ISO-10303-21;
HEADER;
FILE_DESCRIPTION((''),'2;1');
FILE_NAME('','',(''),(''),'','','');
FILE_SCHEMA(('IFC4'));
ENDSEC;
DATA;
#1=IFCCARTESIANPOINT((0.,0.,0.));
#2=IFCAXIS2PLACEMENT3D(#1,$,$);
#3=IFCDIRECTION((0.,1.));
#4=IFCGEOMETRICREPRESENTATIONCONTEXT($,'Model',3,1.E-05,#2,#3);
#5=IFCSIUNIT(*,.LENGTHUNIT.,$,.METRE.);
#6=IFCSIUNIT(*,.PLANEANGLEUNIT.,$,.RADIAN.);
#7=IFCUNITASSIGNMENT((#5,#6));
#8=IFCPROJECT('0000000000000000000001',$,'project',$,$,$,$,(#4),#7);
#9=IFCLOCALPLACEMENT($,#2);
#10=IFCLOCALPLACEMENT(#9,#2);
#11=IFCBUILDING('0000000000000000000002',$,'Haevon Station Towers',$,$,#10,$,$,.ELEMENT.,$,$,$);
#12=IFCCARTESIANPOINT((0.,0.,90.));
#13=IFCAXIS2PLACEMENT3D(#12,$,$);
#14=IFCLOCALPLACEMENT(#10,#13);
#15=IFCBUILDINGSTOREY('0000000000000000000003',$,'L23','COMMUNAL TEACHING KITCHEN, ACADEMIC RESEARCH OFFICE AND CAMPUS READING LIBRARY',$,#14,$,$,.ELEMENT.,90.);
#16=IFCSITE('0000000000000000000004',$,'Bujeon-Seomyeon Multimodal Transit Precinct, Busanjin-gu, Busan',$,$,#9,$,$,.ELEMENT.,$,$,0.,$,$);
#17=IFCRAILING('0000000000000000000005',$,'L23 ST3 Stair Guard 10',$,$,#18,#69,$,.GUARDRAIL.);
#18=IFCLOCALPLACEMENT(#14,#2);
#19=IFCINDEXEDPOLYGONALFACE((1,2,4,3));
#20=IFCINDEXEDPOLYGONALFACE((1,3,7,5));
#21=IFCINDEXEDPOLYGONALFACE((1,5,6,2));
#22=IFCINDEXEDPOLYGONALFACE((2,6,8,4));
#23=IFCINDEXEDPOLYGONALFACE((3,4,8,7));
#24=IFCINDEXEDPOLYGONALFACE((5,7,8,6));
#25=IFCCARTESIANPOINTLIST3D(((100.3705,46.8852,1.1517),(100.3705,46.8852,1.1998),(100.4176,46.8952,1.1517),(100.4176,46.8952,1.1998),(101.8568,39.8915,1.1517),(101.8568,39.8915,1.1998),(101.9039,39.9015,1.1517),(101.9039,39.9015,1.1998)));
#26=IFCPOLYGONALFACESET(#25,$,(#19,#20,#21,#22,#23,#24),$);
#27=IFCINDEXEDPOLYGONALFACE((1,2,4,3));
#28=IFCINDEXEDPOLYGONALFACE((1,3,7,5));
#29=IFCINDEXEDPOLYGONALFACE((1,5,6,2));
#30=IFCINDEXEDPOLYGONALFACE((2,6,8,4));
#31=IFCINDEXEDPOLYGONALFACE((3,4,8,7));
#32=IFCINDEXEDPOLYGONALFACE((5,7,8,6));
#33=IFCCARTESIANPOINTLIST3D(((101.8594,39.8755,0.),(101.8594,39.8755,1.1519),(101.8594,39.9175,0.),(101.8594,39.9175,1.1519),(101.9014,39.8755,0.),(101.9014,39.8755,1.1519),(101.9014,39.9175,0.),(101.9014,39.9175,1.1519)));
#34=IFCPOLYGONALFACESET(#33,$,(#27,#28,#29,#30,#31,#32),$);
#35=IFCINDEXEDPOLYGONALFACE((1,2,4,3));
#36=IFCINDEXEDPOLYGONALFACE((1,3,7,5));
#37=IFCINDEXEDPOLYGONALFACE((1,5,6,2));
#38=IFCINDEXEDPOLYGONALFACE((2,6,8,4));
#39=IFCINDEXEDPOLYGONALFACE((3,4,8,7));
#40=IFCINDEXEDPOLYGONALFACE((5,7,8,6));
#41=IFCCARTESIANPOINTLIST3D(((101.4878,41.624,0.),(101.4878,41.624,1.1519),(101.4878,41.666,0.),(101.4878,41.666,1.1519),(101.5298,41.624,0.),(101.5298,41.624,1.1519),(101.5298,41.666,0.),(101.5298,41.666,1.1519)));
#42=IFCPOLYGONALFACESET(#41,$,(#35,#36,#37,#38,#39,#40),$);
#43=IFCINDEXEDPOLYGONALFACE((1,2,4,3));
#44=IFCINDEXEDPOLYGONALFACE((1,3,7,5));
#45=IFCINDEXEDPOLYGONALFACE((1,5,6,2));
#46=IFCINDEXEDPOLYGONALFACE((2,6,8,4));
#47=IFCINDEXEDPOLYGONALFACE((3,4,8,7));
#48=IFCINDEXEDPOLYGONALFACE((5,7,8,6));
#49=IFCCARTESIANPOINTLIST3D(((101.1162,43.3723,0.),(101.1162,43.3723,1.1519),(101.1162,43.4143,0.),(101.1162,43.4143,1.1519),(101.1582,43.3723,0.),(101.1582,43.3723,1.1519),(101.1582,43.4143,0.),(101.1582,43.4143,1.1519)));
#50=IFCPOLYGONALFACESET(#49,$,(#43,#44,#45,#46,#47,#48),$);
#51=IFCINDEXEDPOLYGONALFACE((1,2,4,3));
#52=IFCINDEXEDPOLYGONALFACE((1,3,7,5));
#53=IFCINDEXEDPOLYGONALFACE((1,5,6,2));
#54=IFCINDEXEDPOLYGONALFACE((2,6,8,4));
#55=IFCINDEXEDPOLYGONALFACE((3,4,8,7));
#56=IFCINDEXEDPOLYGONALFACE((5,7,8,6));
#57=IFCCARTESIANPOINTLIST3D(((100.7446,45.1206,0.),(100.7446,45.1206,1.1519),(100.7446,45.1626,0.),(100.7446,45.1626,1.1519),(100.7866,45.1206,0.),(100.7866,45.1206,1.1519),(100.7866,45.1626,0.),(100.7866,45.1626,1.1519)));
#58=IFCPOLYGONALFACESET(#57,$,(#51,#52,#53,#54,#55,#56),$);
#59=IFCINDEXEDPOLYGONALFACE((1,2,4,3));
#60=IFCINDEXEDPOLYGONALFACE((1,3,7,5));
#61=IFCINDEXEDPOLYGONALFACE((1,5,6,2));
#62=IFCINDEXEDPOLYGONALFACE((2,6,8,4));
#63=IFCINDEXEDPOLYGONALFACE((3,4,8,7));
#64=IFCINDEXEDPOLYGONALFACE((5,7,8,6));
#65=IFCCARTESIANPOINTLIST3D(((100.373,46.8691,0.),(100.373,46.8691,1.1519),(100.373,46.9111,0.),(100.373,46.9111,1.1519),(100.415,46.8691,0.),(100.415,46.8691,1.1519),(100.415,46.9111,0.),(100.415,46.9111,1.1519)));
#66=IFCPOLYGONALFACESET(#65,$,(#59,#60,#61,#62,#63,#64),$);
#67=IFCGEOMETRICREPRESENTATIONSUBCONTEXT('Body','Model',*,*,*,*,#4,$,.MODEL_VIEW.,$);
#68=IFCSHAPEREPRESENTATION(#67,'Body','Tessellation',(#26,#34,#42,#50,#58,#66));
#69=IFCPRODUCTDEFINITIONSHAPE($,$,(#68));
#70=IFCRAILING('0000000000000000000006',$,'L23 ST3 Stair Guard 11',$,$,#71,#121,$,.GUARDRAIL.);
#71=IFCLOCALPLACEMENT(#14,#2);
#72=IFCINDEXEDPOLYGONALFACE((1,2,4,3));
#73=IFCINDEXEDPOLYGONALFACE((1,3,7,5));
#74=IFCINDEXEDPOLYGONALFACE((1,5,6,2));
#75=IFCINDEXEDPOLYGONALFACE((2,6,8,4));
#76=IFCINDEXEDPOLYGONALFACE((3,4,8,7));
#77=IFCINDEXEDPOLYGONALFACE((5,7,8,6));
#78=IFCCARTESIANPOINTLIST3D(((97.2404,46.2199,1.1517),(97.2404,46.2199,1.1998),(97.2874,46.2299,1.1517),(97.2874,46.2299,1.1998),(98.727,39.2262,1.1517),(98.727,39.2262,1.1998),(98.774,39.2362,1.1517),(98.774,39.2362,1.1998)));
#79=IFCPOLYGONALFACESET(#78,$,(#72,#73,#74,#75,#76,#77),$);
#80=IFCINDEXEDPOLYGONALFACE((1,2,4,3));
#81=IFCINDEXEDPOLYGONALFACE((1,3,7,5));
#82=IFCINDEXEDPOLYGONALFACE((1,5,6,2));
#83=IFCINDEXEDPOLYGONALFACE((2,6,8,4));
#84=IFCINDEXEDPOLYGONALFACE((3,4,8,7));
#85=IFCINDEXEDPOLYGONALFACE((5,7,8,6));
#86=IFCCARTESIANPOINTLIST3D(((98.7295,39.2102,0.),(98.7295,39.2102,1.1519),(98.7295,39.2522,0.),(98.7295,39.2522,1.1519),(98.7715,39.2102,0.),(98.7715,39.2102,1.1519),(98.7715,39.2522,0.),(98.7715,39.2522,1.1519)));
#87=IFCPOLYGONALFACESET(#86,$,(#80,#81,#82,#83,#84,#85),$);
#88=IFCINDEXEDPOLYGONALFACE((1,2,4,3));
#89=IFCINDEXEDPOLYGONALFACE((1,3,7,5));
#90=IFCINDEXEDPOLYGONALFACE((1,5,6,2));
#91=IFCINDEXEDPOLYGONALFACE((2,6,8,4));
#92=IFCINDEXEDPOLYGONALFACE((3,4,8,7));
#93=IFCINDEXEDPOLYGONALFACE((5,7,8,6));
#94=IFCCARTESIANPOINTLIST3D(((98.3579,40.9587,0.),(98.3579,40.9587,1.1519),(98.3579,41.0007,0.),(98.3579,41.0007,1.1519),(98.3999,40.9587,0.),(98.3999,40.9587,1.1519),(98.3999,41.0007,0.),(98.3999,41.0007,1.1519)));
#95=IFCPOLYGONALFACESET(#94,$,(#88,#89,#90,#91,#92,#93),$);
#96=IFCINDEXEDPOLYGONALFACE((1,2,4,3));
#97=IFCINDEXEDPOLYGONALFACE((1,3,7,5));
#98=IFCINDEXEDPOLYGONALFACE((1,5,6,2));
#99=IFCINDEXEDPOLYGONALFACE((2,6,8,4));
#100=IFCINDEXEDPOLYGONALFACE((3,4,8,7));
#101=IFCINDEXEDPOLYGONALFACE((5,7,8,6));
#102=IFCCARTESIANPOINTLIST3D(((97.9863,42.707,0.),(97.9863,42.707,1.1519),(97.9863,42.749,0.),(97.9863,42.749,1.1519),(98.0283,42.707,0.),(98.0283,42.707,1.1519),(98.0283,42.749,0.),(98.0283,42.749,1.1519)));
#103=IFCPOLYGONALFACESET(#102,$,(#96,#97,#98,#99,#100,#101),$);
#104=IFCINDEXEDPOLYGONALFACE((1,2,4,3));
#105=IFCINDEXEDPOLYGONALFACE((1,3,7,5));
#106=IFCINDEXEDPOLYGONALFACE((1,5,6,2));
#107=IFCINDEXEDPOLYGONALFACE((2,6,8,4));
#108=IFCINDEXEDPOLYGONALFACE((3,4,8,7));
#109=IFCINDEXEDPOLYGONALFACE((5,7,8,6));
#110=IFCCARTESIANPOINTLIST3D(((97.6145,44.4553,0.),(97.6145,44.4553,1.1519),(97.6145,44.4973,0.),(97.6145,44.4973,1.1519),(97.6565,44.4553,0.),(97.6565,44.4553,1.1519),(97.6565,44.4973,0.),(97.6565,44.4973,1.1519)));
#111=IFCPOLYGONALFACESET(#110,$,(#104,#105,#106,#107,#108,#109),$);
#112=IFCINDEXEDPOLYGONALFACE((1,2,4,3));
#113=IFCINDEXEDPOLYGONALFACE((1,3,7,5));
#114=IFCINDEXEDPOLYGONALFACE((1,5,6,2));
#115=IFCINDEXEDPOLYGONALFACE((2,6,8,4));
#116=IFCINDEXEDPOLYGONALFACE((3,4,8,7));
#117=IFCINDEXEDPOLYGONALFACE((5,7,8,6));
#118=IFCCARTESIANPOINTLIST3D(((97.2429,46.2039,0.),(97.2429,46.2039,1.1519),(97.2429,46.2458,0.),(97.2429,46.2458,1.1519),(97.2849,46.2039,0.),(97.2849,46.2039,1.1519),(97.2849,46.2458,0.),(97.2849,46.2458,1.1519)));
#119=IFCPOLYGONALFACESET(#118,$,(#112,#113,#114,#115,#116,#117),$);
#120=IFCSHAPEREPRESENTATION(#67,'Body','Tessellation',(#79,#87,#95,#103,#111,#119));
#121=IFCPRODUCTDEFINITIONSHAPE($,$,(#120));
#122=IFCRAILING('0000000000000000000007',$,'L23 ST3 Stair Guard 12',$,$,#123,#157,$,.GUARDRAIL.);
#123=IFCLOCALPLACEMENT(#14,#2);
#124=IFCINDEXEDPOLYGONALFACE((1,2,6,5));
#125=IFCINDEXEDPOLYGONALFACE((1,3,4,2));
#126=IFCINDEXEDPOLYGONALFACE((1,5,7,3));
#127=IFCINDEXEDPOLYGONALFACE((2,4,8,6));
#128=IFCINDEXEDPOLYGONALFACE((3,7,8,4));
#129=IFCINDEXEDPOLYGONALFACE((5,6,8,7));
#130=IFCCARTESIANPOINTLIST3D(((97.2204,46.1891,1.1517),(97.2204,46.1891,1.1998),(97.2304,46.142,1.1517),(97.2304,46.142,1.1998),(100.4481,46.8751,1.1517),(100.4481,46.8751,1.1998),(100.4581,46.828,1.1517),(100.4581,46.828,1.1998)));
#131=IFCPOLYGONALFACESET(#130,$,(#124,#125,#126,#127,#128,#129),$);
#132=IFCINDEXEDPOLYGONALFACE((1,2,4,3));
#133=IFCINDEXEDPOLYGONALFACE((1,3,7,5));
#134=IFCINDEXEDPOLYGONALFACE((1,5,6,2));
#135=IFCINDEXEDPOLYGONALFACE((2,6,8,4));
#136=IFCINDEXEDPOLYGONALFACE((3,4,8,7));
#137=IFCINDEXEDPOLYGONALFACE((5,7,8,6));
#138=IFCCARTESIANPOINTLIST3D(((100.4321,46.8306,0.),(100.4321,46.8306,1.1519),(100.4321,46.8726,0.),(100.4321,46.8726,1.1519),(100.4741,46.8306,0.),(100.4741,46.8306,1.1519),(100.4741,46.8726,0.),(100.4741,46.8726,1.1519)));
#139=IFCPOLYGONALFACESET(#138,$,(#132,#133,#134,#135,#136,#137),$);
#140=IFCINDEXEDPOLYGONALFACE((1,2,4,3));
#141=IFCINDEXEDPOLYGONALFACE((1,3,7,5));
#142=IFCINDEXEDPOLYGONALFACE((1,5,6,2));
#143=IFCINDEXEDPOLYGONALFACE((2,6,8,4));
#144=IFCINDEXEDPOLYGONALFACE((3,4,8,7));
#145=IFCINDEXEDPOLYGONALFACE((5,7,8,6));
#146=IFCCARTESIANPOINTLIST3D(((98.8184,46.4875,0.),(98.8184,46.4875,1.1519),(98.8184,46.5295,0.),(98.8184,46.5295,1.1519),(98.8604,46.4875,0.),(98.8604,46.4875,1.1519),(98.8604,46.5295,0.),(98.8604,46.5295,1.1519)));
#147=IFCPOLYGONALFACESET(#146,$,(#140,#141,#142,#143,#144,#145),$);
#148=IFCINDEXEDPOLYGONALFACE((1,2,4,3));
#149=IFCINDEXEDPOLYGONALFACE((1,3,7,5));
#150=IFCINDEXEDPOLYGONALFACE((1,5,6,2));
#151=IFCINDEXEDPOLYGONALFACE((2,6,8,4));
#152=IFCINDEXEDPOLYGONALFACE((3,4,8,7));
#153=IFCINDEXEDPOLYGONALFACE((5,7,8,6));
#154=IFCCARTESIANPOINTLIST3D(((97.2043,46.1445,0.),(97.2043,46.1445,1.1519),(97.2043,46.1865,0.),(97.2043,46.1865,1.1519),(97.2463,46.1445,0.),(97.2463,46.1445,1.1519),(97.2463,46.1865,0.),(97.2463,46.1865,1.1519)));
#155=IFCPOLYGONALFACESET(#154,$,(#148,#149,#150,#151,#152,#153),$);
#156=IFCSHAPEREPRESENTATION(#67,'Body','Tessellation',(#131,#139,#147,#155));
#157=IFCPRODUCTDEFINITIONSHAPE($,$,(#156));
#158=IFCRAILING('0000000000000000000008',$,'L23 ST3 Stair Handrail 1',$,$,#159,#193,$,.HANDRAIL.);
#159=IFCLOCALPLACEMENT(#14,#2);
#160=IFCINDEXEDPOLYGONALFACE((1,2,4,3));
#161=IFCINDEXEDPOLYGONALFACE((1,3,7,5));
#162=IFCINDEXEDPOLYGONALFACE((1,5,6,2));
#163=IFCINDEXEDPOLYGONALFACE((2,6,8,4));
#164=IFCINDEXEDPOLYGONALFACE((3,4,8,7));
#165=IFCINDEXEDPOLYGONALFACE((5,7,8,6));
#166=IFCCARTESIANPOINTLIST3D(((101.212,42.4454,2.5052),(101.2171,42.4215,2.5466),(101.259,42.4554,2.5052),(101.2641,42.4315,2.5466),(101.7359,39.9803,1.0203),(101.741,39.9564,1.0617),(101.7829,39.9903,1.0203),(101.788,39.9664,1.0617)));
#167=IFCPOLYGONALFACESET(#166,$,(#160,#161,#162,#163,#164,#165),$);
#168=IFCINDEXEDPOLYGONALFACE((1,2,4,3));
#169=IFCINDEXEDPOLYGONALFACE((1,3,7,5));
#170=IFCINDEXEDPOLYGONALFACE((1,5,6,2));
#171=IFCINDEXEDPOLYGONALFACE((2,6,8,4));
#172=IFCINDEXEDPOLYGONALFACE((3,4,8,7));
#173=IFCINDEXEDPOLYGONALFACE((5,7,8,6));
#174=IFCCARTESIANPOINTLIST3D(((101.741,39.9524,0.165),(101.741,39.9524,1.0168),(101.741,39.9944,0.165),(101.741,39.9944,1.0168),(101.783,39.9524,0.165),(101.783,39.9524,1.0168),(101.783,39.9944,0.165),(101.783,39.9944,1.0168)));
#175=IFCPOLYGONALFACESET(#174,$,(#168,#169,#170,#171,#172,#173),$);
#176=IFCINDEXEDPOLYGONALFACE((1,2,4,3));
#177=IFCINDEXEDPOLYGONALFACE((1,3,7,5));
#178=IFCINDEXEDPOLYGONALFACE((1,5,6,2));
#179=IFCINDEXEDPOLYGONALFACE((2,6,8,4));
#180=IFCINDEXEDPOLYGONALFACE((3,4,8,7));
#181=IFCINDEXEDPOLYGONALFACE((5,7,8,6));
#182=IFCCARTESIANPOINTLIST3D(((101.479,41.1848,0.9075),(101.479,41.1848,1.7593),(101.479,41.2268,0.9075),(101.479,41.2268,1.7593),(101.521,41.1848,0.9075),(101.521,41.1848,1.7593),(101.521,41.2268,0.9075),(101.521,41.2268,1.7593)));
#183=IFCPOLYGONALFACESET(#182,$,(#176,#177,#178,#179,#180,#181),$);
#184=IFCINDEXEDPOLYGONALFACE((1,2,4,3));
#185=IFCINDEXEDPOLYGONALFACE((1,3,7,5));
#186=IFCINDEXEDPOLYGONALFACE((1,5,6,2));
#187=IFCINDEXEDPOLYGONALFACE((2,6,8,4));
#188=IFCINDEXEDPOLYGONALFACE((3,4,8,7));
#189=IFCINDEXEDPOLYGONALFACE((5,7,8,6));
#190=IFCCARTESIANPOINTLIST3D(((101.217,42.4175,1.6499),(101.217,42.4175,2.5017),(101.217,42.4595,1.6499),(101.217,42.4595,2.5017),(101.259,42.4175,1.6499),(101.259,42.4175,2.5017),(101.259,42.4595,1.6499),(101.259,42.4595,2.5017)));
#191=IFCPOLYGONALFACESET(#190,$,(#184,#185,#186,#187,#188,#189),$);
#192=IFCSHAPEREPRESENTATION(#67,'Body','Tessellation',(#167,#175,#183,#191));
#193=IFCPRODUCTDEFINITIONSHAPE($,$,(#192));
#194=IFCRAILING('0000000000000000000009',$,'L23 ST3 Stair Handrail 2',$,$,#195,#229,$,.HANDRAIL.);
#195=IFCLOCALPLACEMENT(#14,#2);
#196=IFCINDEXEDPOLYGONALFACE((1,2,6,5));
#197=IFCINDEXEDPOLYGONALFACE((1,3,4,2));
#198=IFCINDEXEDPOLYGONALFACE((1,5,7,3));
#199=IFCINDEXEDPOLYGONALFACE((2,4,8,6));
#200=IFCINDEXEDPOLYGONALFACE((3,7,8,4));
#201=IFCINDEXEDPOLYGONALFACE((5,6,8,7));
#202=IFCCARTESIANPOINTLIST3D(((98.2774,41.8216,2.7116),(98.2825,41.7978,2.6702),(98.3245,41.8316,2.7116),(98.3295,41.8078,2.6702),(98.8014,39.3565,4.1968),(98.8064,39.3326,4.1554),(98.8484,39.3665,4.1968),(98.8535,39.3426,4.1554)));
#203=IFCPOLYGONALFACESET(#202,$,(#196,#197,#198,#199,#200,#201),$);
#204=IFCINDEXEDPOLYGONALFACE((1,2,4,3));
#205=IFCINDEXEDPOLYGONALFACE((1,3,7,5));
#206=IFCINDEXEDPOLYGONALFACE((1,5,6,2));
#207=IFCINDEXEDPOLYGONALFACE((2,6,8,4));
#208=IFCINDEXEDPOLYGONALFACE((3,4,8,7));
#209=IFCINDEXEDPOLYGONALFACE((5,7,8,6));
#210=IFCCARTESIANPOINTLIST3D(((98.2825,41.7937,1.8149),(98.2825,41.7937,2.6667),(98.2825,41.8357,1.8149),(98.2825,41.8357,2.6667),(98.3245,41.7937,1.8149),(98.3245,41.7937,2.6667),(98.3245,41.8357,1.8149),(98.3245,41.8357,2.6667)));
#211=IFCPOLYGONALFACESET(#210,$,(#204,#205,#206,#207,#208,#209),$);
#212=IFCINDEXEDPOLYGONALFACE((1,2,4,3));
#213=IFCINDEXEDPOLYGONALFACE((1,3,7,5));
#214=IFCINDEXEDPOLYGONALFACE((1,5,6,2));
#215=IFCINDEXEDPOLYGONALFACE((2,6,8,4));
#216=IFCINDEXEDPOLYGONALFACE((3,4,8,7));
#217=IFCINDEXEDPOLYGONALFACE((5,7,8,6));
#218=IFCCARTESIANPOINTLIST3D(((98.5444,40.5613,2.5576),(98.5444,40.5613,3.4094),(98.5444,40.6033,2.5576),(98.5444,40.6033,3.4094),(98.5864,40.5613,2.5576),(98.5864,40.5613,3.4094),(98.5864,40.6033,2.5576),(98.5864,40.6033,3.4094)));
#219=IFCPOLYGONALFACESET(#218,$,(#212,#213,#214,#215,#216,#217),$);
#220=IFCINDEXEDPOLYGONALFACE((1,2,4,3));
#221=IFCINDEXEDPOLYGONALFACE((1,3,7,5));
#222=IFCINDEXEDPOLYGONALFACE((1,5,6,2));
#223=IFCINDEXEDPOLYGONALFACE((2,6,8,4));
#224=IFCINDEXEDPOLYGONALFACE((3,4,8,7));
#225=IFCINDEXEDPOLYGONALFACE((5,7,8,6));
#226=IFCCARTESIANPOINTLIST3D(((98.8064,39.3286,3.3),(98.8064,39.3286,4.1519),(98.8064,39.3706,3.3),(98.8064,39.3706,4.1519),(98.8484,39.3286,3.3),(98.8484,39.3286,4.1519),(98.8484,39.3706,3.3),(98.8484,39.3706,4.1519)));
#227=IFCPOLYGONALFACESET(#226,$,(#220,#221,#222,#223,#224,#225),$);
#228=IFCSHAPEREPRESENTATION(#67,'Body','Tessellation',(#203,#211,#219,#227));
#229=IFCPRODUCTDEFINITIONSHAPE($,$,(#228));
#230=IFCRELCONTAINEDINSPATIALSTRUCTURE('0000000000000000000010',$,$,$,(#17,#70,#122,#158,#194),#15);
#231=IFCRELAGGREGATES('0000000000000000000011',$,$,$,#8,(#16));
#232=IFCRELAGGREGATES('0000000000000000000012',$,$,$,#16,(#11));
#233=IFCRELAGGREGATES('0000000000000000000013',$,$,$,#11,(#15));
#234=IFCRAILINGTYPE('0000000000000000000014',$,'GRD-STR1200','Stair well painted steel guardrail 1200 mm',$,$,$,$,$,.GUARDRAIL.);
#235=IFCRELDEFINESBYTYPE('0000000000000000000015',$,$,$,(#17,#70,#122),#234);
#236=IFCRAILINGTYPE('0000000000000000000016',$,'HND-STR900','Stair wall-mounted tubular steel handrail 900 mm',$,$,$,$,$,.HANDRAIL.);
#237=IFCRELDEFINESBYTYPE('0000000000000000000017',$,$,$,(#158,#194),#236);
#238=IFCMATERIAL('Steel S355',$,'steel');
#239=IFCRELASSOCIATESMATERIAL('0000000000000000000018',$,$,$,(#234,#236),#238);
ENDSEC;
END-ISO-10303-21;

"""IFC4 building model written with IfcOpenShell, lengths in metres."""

from ifc_helpers import new_model, si_unit, direction, frame, origin, origin_2d, place, context, subcontext, project, spatial, rectangle, extrude, material, type_object, element, save


model = new_model("IFC4")

# Units and contexts
model_context = context("Model", 3, precision=1e-05, world=origin(), true_north=direction((0.0, 1.0)))
body_context = subcontext(model_context, "Body", "Model", "MODEL_VIEW")
ifc_project = project(units=[si_unit("LENGTHUNIT", "METRE"), si_unit("PLANEANGLEUNIT", "RADIAN")], contexts=[model_context])

# Site, building, storey
site_placement = place(None, origin())
site = spatial("IfcSite", under=ifc_project, at=site_placement, Name="Bujeon-Seomyeon Multimodal Transit Precinct, Busanjin-gu, Busan", CompositionType="ELEMENT", RefElevation=0.0)
building_placement = place(site_placement, origin())
building = spatial("IfcBuilding", under=site, at=building_placement, Name="Haevon Station Towers", CompositionType="ELEMENT")
storey_placement = place(building_placement, frame((0.0, 0.0, 90.0)))
storey = spatial("IfcBuildingStorey", under=building, at=storey_placement, Name="L23", Description="COMMUNAL TEACHING KITCHEN, ACADEMIC RESEARCH OFFICE AND CAMPUS READING LIBRARY", CompositionType="ELEMENT", Elevation=90.0)

# Railings
ifc_material_1 = material(Name="Steel S355", Category="steel")
railing_type_1 = type_object("IfcRailingType", Name="GRD-STR1200", Description="Stair well painted steel guardrail 1200 mm", PredefinedType="GUARDRAIL", material=ifc_material_1)
railing_1_placement = place(storey_placement, frame((101.8804, 39.8965, 0.0)))
element("IfcRailing", 1, at=railing_1_placement, inside=storey, type_object=railing_type_1, Name="L23 ST3 Stair Guard 10", PredefinedType="GUARDRAIL", context=body_context, shape_type="SweptSolid", body=[
    extrude(rectangle(XDim=0.0481, YDim=0.0481, at=origin_2d()), frame((0.0, 0.0, 1.1758), z_axis=(-0.207882, 0.978154, 0.0), x_axis=(-0.978154, -0.207882, 0.0)), (0.0, 0.0, 1.0), 7.1499),
    extrude(rectangle(XDim=0.042, YDim=0.042, at=origin_2d()), origin(), (0.0, 0.0, 1.0), 1.1519),
    extrude(rectangle(XDim=0.042, YDim=0.042, at=origin_2d()), frame((-0.3716, 1.7485, 0.0)), (0.0, 0.0, 1.0), 1.1519),
    extrude(rectangle(XDim=0.042, YDim=0.042, at=origin_2d()), frame((-0.7432, 3.4968, 0.0)), (0.0, 0.0, 1.0), 1.1519),
    extrude(rectangle(XDim=0.042, YDim=0.042, at=origin_2d()), frame((-1.1147, 5.2451, 0.0)), (0.0, 0.0, 1.0), 1.1519),
    extrude(rectangle(XDim=0.042, YDim=0.042, at=origin_2d()), frame((-1.4863, 6.9937, 0.0)), (0.0, 0.0, 1.0), 1.1519),
])
railing_2_placement = place(storey_placement, frame((98.7505, 39.2312, 0.0)))
element("IfcRailing", 2, at=railing_2_placement, inside=storey, type_object=railing_type_1, Name="L23 ST3 Stair Guard 11", PredefinedType="GUARDRAIL", context=body_context, shape_type="SweptSolid", body=[
    extrude(rectangle(XDim=0.0481, YDim=0.0481, at=origin_2d()), frame((0.0, 0.0, 1.1758), z_axis=(-0.207915, 0.978147, 0.0), x_axis=(-0.978147, -0.207915, 0.0)), (0.0, 0.0, 1.0), 7.1499),
    extrude(rectangle(XDim=0.042, YDim=0.042, at=origin_2d()), origin(), (0.0, 0.0, 1.0), 1.1519),
    extrude(rectangle(XDim=0.042, YDim=0.042, at=origin_2d()), frame((-0.3716, 1.7485, 0.0)), (0.0, 0.0, 1.0), 1.1519),
    extrude(rectangle(XDim=0.042, YDim=0.042, at=origin_2d()), frame((-0.7432, 3.4968, 0.0)), (0.0, 0.0, 1.0), 1.1519),
    extrude(rectangle(XDim=0.042, YDim=0.042, at=origin_2d()), frame((-1.115, 5.2451, 0.0)), (0.0, 0.0, 1.0), 1.1519),
    extrude(rectangle(XDim=0.042, YDim=0.042, at=origin_2d()), frame((-1.4866, 6.9937, 0.0)), (0.0, 0.0, 1.0), 1.1519),
])
railing_3_placement = place(storey_placement, frame((100.4531, 46.8516, 0.0)))
element("IfcRailing", 3, at=railing_3_placement, inside=storey, type_object=railing_type_1, Name="L23 ST3 Stair Guard 12", PredefinedType="GUARDRAIL", context=body_context, shape_type="SweptSolid", body=[
    extrude(rectangle(XDim=0.0481, YDim=0.0481, at=origin_2d()), frame((0.0, 0.0, 1.1758), z_axis=(-0.978151, -0.207897, 0.0), x_axis=(0.207897, -0.978151, 0.0)), (0.0, 0.0, 1.0), 3.2998),
    extrude(rectangle(XDim=0.042, YDim=0.042, at=origin_2d()), origin(), (0.0, 0.0, 1.0), 1.1519),
    extrude(rectangle(XDim=0.042, YDim=0.042, at=origin_2d()), frame((-1.6138, -0.343, 0.0)), (0.0, 0.0, 1.0), 1.1519),
    extrude(rectangle(XDim=0.042, YDim=0.042, at=origin_2d()), frame((-3.2278, -0.686, 0.0)), (0.0, 0.0, 1.0), 1.1519),
])
railing_type_2 = type_object("IfcRailingType", Name="HND-STR900", Description="Stair wall-mounted tubular steel handrail 900 mm", PredefinedType="HANDRAIL", material=ifc_material_1)
railing_4_placement = place(storey_placement, frame((101.762, 39.9734, 0.165)))
element("IfcRailing", 4, at=railing_4_placement, inside=storey, type_object=railing_type_2, Name="L23 ST3 Stair Handrail 1", PredefinedType="HANDRAIL", context=body_context, shape_type="SweptSolid", body=[
    extrude(rectangle(XDim=0.0481, YDim=0.0481, at=origin_2d()), frame((0.0, 0.0, 0.876), z_axis=(-0.179116, 0.842748, 0.507635), x_axis=(-0.978151, -0.207895, 0.0)), (0.0, 0.0, 1.0), 2.925),
    extrude(rectangle(XDim=0.042, YDim=0.042, at=origin_2d()), origin(), (0.0, 0.0, 1.0), 0.8518),
    extrude(rectangle(XDim=0.042, YDim=0.042, at=origin_2d()), frame((-0.262, 1.2324, 0.7424)), (0.0, 0.0, 1.0), 0.8518),
    extrude(rectangle(XDim=0.042, YDim=0.042, at=origin_2d()), frame((-0.5239, 2.4651, 1.4849)), (0.0, 0.0, 1.0), 0.8518),
])
railing_5_placement = place(storey_placement, frame((98.3035, 41.8147, 1.8149)))
element("IfcRailing", 5, at=railing_5_placement, inside=storey, type_object=railing_type_2, Name="L23 ST3 Stair Handrail 2", PredefinedType="HANDRAIL", context=body_context, shape_type="SweptSolid", body=[
    extrude(rectangle(XDim=0.0481, YDim=0.0481, at=origin_2d()), frame((0.0, 0.0, 0.876), z_axis=(0.179109, -0.842712, 0.507697), x_axis=(0.978151, 0.207895, 0.0)), (0.0, 0.0, 1.0), 2.9253),
    extrude(rectangle(XDim=0.042, YDim=0.042, at=origin_2d()), origin(), (0.0, 0.0, 1.0), 0.8518),
    extrude(rectangle(XDim=0.042, YDim=0.042, at=origin_2d()), frame((0.262, -1.2324, 0.7427)), (0.0, 0.0, 1.0), 0.8518),
    extrude(rectangle(XDim=0.042, YDim=0.042, at=origin_2d()), frame((0.5239, -2.4651, 1.4851)), (0.0, 0.0, 1.0), 0.8518),
])

save(model, "model.ifc")
